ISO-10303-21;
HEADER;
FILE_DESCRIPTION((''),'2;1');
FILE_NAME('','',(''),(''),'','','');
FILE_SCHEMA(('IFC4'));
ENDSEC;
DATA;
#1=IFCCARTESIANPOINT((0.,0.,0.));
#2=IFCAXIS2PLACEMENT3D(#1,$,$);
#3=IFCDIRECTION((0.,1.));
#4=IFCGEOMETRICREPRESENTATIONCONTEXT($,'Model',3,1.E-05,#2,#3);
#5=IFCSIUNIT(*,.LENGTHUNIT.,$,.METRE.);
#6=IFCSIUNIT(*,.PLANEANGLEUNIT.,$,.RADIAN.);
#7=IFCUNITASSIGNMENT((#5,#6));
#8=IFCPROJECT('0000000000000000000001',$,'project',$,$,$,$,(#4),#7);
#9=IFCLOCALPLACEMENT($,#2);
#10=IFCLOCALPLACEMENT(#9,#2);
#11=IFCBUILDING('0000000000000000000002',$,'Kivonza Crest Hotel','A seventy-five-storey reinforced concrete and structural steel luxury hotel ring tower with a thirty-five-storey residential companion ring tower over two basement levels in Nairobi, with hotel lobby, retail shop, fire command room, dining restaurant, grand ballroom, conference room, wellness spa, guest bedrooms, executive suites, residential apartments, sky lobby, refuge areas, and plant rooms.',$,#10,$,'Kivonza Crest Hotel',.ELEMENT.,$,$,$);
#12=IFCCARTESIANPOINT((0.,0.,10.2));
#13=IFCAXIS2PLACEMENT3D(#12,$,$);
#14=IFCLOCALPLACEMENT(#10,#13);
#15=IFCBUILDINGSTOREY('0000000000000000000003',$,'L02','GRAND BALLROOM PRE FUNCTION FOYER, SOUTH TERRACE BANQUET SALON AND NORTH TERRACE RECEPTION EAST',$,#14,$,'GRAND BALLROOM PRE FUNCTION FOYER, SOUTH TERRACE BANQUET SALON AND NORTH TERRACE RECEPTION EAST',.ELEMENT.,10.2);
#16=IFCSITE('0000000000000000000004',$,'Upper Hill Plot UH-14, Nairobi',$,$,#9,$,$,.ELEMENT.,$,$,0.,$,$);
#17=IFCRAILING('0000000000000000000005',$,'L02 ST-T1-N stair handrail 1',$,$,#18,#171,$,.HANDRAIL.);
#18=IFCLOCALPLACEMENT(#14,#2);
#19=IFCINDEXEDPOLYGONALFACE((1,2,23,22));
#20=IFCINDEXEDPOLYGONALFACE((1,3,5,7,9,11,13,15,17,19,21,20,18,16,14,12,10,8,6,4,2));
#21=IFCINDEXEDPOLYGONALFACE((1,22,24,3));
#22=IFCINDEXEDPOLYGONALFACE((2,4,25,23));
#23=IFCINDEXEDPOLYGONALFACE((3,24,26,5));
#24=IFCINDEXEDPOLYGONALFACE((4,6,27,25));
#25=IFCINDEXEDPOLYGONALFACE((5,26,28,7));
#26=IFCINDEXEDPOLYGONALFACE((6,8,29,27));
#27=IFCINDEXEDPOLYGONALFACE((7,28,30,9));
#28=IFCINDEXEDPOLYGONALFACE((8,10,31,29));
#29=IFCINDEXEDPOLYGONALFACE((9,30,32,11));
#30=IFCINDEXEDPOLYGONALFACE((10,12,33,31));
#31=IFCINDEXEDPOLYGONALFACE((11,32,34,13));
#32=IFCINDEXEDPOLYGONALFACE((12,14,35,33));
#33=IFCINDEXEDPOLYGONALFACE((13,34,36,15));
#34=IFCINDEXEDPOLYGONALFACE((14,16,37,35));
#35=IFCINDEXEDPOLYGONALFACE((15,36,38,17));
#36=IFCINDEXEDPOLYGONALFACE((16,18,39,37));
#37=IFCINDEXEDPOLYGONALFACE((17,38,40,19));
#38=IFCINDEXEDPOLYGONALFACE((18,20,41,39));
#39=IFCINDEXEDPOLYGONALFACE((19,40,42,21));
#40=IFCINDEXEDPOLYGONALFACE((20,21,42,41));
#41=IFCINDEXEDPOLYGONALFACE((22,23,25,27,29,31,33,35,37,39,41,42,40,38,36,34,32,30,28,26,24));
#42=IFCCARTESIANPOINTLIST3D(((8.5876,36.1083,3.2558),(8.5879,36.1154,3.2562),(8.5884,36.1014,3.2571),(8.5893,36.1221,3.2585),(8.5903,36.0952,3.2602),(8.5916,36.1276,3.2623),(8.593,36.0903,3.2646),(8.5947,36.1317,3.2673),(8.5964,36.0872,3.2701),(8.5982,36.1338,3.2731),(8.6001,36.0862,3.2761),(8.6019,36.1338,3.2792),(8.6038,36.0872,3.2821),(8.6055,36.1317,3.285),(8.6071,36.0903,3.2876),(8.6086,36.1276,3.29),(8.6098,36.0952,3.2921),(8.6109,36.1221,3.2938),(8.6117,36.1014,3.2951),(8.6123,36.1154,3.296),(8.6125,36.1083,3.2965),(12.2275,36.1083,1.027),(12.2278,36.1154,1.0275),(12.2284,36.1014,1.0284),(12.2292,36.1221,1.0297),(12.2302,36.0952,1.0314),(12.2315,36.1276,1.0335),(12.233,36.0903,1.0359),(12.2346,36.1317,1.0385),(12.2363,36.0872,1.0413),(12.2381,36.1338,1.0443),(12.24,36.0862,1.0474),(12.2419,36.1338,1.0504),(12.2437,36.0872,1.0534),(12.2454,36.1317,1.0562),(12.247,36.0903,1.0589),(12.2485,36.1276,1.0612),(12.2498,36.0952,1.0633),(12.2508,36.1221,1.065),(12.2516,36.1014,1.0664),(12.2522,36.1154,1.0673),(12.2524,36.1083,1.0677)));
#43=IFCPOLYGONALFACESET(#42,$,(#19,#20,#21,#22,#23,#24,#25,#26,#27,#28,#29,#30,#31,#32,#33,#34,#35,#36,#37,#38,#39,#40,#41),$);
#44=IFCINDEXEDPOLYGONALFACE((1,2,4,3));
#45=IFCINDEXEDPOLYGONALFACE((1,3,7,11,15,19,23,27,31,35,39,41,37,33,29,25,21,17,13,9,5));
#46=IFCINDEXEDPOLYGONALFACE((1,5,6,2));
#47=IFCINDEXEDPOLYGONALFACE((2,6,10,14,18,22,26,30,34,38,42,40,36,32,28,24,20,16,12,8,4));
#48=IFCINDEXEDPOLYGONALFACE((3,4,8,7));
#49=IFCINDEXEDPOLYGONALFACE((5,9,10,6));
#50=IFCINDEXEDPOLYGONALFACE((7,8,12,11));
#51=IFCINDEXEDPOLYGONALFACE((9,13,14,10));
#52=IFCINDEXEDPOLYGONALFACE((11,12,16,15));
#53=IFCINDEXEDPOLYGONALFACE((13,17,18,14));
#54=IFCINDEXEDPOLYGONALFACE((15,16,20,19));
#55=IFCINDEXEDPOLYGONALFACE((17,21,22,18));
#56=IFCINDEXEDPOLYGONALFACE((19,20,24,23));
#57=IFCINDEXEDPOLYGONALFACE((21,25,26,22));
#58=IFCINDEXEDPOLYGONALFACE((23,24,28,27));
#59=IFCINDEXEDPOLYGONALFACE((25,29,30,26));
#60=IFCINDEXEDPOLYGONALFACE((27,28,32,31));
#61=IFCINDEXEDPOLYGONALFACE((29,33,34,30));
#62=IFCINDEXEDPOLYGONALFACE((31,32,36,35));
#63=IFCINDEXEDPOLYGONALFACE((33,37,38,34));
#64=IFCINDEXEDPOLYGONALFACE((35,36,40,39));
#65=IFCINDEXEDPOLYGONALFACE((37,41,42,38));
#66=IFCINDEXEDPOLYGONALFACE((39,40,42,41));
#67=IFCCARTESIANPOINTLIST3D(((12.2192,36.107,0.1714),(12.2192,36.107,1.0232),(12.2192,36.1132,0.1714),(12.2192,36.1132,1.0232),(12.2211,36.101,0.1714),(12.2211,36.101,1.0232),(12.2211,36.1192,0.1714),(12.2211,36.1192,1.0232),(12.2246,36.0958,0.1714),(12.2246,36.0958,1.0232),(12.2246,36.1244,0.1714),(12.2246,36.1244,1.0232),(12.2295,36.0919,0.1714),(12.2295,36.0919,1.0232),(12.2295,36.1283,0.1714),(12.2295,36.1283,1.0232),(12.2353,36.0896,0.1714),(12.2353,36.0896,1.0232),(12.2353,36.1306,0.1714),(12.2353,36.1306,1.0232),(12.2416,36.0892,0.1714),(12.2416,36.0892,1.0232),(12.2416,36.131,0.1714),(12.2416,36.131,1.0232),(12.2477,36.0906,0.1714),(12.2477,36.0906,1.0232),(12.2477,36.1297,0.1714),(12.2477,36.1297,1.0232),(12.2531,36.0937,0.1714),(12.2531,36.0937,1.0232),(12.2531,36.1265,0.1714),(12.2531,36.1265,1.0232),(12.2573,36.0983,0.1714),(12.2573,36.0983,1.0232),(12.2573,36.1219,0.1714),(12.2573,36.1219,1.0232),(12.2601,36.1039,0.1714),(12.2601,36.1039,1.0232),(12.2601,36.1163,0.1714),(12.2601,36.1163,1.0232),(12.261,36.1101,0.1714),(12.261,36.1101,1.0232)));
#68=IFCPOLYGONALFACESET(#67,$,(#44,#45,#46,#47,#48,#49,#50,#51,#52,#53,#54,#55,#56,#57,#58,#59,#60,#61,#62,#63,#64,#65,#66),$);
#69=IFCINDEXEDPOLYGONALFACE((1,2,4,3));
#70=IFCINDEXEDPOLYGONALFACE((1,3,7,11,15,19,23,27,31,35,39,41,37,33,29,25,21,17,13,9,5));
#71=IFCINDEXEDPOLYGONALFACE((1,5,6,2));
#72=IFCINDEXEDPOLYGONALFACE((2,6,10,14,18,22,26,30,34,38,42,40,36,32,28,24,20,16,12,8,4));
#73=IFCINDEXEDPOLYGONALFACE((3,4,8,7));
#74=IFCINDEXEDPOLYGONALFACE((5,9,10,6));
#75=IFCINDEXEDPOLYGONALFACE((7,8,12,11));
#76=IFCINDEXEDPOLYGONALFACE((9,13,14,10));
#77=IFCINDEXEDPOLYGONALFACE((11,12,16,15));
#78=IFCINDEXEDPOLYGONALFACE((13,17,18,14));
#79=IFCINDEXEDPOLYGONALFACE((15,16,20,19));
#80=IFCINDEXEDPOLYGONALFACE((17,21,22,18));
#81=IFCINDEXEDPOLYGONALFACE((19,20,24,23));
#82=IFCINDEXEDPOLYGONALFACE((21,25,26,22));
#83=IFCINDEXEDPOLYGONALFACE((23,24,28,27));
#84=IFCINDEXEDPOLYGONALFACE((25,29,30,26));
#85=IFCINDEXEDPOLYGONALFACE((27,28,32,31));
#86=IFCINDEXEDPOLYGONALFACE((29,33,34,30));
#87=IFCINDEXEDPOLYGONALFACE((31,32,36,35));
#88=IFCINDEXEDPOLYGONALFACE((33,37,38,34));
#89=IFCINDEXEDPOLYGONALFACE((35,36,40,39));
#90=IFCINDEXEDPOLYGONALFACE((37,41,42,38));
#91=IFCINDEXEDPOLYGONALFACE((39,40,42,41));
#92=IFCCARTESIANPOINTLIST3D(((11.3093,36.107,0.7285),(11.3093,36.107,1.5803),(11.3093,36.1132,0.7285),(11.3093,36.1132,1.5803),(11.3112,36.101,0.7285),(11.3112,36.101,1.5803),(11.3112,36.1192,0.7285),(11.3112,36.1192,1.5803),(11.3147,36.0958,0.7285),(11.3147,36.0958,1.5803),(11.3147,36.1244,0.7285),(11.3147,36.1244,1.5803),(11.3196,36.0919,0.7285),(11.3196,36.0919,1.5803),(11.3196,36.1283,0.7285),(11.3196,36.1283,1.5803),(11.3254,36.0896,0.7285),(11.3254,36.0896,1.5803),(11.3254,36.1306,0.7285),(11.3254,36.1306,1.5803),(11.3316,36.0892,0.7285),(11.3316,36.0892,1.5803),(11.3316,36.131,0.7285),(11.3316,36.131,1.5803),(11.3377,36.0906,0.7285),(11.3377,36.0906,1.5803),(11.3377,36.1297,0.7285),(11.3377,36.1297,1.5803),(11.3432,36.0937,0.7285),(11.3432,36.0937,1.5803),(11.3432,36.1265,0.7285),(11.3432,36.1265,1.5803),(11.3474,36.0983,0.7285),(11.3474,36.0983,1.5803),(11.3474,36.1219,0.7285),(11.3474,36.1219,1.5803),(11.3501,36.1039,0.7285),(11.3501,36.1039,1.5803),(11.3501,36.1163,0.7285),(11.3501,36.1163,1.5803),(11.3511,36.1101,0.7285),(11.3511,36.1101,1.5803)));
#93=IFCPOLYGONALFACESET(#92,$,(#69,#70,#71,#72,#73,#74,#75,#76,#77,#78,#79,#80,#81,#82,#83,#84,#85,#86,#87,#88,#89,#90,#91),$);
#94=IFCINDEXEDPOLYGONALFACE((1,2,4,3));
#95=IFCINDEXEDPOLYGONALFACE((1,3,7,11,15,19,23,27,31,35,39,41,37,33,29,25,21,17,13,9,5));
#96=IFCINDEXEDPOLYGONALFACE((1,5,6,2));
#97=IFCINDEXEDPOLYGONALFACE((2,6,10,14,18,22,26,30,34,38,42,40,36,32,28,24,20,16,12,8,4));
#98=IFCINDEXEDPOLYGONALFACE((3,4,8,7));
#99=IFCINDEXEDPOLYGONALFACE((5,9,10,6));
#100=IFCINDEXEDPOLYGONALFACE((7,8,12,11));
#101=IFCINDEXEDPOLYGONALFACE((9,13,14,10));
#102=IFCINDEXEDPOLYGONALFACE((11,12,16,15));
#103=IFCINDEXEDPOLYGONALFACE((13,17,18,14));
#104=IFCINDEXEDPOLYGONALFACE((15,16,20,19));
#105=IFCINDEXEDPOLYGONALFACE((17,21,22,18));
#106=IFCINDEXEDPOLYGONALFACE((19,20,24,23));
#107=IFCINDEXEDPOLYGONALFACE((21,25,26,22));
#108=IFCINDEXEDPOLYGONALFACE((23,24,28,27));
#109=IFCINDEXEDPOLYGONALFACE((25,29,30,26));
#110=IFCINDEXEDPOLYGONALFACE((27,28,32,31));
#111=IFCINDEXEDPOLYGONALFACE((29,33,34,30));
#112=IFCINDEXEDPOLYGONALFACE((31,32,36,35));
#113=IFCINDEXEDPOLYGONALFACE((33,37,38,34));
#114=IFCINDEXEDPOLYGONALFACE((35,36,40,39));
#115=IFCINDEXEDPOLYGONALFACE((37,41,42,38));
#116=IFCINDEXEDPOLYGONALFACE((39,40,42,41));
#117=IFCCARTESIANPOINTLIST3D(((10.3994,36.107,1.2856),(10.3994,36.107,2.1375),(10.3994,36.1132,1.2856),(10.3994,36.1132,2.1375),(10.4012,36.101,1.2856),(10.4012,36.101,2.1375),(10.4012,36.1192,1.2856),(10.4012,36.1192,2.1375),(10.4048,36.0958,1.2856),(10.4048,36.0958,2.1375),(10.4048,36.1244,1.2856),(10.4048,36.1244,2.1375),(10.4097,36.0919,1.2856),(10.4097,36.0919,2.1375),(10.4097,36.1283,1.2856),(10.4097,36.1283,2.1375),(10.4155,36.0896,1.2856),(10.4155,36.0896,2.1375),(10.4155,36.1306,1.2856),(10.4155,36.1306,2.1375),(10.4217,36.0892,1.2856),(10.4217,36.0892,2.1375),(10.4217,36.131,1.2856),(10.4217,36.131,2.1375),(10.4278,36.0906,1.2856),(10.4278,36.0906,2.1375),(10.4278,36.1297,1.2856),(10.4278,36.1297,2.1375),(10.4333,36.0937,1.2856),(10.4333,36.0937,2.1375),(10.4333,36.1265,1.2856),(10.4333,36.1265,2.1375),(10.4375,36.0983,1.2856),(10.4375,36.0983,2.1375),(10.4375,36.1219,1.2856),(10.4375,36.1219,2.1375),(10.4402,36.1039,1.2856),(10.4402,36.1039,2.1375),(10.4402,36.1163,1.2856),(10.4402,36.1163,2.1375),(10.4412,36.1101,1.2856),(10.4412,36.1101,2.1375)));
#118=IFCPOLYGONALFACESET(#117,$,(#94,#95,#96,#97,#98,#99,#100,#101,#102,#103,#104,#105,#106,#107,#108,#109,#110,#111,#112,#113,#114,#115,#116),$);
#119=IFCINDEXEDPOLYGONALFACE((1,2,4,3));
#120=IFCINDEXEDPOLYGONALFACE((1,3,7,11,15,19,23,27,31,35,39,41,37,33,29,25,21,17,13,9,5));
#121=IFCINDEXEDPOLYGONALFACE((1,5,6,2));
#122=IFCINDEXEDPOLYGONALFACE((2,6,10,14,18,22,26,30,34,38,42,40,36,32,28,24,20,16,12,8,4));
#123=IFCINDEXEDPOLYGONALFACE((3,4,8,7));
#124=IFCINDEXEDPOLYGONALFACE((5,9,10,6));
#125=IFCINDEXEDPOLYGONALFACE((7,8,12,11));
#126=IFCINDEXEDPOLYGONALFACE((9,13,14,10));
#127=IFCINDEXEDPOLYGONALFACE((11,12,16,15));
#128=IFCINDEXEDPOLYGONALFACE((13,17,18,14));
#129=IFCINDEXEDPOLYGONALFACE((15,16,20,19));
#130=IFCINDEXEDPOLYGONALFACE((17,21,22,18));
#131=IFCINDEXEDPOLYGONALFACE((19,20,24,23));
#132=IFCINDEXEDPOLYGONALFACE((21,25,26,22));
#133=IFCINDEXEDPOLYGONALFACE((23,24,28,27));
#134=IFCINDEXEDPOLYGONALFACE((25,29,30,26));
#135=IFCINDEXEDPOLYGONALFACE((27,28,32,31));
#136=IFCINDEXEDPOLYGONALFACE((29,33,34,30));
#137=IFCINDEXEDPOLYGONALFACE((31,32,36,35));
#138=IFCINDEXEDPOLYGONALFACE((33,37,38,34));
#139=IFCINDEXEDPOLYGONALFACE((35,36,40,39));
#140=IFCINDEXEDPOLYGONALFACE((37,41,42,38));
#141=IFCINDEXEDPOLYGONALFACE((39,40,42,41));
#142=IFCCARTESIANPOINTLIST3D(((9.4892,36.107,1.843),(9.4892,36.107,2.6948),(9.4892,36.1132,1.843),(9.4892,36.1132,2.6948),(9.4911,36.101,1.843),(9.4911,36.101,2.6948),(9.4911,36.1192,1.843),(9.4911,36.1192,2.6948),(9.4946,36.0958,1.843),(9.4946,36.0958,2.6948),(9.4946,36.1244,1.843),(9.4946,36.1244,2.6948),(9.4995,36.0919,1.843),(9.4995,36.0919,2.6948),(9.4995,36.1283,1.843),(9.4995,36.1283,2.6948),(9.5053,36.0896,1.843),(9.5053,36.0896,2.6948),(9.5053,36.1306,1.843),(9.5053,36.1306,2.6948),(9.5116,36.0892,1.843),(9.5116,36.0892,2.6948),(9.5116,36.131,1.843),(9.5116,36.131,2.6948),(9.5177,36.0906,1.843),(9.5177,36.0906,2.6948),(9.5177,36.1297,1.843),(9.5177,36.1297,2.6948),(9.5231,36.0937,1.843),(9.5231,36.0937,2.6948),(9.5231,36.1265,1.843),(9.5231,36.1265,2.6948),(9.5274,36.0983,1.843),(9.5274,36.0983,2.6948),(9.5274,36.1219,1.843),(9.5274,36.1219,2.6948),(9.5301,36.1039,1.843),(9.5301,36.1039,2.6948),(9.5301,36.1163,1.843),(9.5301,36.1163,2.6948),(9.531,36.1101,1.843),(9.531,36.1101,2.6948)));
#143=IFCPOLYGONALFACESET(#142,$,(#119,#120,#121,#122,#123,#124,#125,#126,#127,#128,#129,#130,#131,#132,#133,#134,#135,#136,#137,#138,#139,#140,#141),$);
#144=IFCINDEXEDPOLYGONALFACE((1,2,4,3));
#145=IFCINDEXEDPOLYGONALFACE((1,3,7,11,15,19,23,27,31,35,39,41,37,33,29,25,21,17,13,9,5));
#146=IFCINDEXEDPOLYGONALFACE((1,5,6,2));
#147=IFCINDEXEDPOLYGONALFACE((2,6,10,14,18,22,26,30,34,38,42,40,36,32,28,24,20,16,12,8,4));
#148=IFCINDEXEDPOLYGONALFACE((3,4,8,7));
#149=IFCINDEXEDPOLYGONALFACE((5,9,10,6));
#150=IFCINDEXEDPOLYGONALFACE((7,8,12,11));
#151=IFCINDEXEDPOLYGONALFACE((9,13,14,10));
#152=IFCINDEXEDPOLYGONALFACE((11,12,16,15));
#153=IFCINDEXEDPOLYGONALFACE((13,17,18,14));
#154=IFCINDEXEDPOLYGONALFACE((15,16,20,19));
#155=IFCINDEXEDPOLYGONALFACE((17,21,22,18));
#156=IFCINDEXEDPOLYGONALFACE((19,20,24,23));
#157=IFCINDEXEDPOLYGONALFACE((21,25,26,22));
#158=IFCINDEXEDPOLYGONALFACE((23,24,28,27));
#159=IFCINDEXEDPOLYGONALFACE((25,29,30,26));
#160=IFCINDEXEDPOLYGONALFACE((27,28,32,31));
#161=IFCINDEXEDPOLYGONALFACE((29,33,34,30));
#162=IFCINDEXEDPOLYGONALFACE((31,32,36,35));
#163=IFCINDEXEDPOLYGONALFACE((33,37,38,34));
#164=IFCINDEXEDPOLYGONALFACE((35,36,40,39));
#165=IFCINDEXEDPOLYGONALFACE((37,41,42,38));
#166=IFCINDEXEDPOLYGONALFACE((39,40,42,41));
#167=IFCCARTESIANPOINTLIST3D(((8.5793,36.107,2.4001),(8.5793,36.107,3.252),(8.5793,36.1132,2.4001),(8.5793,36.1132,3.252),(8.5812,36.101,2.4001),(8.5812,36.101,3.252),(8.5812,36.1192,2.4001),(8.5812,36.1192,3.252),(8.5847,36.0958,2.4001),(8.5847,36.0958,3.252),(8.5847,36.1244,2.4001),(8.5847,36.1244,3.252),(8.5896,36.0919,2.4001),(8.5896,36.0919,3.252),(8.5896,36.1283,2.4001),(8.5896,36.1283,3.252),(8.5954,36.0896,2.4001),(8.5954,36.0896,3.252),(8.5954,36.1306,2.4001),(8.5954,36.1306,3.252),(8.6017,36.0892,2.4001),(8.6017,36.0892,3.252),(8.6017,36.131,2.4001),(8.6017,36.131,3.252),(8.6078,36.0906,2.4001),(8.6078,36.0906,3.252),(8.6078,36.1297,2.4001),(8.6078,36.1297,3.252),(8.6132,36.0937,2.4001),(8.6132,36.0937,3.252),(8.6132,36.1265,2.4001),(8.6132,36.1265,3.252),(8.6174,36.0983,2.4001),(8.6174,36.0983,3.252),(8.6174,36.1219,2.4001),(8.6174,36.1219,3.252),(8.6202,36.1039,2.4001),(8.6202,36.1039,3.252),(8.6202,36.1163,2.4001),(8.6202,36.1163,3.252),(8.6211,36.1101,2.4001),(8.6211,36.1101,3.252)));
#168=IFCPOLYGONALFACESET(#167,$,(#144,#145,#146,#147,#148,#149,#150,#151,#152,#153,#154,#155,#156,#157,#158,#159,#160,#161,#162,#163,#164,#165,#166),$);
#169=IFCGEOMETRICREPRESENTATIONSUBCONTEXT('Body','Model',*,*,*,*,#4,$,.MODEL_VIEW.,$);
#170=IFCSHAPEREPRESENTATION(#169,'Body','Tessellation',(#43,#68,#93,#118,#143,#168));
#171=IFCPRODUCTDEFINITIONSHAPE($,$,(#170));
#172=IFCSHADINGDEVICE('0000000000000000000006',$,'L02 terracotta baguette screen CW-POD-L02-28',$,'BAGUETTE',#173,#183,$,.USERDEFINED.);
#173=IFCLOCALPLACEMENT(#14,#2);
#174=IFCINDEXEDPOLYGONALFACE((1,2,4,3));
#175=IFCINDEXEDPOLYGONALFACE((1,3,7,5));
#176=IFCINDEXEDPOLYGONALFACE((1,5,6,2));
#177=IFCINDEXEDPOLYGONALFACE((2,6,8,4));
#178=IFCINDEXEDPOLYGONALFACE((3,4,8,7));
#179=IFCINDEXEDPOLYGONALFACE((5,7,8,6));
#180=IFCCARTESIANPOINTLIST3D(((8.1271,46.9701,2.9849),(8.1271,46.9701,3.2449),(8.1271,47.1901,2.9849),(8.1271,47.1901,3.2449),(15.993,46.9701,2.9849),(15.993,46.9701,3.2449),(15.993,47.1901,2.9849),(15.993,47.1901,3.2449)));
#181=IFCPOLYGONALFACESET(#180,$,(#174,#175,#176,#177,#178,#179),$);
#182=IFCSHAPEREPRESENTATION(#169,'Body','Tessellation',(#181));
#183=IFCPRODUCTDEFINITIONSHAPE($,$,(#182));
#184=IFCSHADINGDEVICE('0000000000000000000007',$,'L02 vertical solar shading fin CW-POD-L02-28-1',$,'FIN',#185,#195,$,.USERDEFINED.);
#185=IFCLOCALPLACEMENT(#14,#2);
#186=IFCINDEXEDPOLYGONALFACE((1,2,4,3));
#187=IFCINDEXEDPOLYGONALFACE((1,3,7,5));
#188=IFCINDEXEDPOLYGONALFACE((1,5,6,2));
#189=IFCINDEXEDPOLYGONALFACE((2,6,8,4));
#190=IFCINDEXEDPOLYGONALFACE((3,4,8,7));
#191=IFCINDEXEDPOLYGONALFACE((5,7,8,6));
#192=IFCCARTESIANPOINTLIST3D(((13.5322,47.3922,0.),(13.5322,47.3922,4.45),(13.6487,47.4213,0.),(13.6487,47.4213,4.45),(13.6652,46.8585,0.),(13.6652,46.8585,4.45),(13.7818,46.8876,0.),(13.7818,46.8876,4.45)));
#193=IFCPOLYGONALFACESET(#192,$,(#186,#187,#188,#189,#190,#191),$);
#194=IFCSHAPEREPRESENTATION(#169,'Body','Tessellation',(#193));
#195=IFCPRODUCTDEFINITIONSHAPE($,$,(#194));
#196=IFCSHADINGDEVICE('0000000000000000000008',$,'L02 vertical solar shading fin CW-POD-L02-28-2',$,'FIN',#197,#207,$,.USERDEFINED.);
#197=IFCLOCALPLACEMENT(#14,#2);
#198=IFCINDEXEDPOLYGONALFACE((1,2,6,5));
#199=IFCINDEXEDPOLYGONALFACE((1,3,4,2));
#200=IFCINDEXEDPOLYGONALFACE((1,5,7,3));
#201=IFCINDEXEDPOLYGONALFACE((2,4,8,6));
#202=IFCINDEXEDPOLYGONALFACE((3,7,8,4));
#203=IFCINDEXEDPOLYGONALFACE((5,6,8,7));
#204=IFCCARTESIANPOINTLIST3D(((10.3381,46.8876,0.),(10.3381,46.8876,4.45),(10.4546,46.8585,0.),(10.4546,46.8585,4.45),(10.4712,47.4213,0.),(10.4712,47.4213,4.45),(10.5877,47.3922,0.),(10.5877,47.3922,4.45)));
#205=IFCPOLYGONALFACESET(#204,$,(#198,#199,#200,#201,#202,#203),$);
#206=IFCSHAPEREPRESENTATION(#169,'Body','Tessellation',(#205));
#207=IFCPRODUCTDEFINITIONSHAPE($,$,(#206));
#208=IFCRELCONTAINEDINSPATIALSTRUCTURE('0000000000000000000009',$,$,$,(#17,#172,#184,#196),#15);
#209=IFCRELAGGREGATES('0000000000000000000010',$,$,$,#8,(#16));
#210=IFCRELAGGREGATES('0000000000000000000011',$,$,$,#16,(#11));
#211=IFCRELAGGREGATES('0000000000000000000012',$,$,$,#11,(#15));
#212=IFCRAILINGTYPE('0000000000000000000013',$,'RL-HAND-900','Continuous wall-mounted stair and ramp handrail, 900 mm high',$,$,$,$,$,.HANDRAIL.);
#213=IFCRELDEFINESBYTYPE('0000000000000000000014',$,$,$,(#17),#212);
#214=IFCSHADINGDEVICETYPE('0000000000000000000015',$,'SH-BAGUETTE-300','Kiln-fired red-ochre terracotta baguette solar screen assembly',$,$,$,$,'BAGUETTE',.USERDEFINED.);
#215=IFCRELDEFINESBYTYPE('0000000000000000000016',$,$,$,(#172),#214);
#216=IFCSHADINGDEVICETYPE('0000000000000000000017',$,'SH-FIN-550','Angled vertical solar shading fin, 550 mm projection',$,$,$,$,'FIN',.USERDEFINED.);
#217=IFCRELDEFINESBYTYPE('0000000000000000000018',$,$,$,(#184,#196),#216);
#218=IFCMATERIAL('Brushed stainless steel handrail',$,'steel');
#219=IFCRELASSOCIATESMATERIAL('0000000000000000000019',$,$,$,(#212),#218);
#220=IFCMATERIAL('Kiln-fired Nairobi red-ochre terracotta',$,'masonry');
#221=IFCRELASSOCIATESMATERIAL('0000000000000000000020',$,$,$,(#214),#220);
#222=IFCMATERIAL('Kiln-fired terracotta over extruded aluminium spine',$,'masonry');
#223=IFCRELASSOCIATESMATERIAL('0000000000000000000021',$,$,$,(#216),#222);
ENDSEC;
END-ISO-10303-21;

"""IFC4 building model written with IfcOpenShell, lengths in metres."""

from ifc_helpers import new_model, si_unit, direction, frame, origin, origin_2d, place, context, subcontext, project, spatial, rectangle, circle, extrude, material, type_object, element, save


model = new_model("IFC4")

# Units and contexts
model_context = context("Model", 3, precision=1e-05, world=origin(), true_north=direction((0.0, 1.0)))
body_context = subcontext(model_context, "Body", "Model", "MODEL_VIEW")
ifc_project = project(units=[si_unit("LENGTHUNIT", "METRE"), si_unit("PLANEANGLEUNIT", "RADIAN")], contexts=[model_context])

# Site, building, storey
site_placement = place(None, origin())
site = spatial("IfcSite", under=ifc_project, at=site_placement, Name="Upper Hill Plot UH-14, Nairobi", CompositionType="ELEMENT", RefElevation=0.0)
building_placement = place(site_placement, origin())
building = spatial("IfcBuilding", under=site, at=building_placement, Name="Kivonza Crest Hotel", Description="A seventy-five-storey reinforced concrete and structural steel luxury hotel ring tower with a thirty-five-storey residential companion ring tower over two basement levels in Nairobi, with hotel lobby, retail shop, fire command room, dining restaurant, grand ballroom, conference room, wellness spa, guest bedrooms, executive suites, residential apartments, sky lobby, refuge areas, and plant rooms.", LongName="Kivonza Crest Hotel", CompositionType="ELEMENT")
storey_placement = place(building_placement, frame((0.0, 0.0, 10.2)))
storey = spatial("IfcBuildingStorey", under=building, at=storey_placement, Name="L02", Description="GRAND BALLROOM PRE FUNCTION FOYER, SOUTH TERRACE BANQUET SALON AND NORTH TERRACE RECEPTION EAST", LongName="GRAND BALLROOM PRE FUNCTION FOYER, SOUTH TERRACE BANQUET SALON AND NORTH TERRACE RECEPTION EAST", CompositionType="ELEMENT", Elevation=10.2)

# Railing
ifc_material_1 = material(Name="Brushed stainless steel handrail", Category="steel")
railing_type = type_object("IfcRailingType", Name="RL-HAND-900", Description="Continuous wall-mounted stair and ramp handrail, 900 mm high", PredefinedType="HANDRAIL", material=ifc_material_1)
railing_placement = place(storey_placement, frame((12.24, 36.1101, 0.1714)))
element("IfcRailing", 1, at=railing_placement, inside=storey, type_object=railing_type, Name="L02 ST-T1-N stair handrail 1", PredefinedType="HANDRAIL", context=body_context, shape_type="SweptSolid", body=[
    extrude(circle(Radius=0.0239, at=origin_2d()), frame((0.0, 0.0, 0.876), z_axis=(-0.852825, 0.0, 0.522197), x_axis=(0.0, -1.0, 0.0)), (0.0, 0.0, 1.0), 4.2681),
    extrude(circle(Radius=0.021, at=origin_2d()), origin(), (0.0, 0.0, 1.0), 0.8518),
    extrude(circle(Radius=0.021, at=origin_2d()), frame((-0.9099, 0.0, 0.5571)), (0.0, 0.0, 1.0), 0.8518),
    extrude(circle(Radius=0.021, at=origin_2d()), frame((-1.8198, 0.0, 1.1143)), (0.0, 0.0, 1.0), 0.8518),
    extrude(circle(Radius=0.021, at=origin_2d()), frame((-2.73, 0.0, 1.6716)), (0.0, 0.0, 1.0), 0.8518),
    extrude(circle(Radius=0.021, at=origin_2d()), frame((-3.6399, 0.0, 2.2288)), (0.0, 0.0, 1.0), 0.8518),
])

# Shading devices
ifc_material_2 = material(Name="Kiln-fired Nairobi red-ochre terracotta", Category="masonry")
shading_device_type_1 = type_object("IfcShadingDeviceType", Name="SH-BAGUETTE-300", Description="Kiln-fired red-ochre terracotta baguette solar screen assembly", ElementType="BAGUETTE", PredefinedType="USERDEFINED", material=ifc_material_2)
shading_device_placement = place(storey_placement, frame((12.0601, 47.0801, 2.9849), z_axis=(0.0, 0.0, 1.0), x_axis=(-1.0, 0.0, 0.0)))
element("IfcShadingDevice", 2, at=shading_device_placement, inside=storey, type_object=shading_device_type_1, Name="L02 terracotta baguette screen CW-POD-L02-28", ObjectType="BAGUETTE", PredefinedType="USERDEFINED", context=body_context, shape_type="SweptSolid", body=[
    extrude(rectangle(XDim=7.866, YDim=0.22, at=origin_2d()), origin(), (0.0, 0.0, 1.0), 0.26),
])
ifc_material_3 = material(Name="Kiln-fired terracotta over extruded aluminium spine", Category="masonry")
shading_device_type_2 = type_object("IfcShadingDeviceType", Name="SH-FIN-550", Description="Angled vertical solar shading fin, 550 mm projection", ElementType="FIN", PredefinedType="USERDEFINED", material=ifc_material_3)
for number, where, z_axis, x_axis, name in (
    (3, (13.657, 47.1399, 0.0), (0.0, 0.0, 1.0), (-0.970296, -0.241922, 0.0), "L02 vertical solar shading fin CW-POD-L02-28-1"),
    (4, (10.4629, 47.1399, 0.0), (0.0, 0.0, 1.0), (-0.970296, 0.241922, 0.0), "L02 vertical solar shading fin CW-POD-L02-28-2"),
):
    element("IfcShadingDevice", number, at=place(storey_placement, frame(where, z_axis=z_axis, x_axis=x_axis)), inside=storey, type_object=shading_device_type_2, Name=name, ObjectType="FIN", PredefinedType="USERDEFINED", context=body_context, shape_type="SweptSolid", body=[
        extrude(rectangle(XDim=0.1201, YDim=0.55, at=origin_2d()), origin(), (0.0, 0.0, 1.0), 4.45),
    ])

save(model, "model.ifc")
